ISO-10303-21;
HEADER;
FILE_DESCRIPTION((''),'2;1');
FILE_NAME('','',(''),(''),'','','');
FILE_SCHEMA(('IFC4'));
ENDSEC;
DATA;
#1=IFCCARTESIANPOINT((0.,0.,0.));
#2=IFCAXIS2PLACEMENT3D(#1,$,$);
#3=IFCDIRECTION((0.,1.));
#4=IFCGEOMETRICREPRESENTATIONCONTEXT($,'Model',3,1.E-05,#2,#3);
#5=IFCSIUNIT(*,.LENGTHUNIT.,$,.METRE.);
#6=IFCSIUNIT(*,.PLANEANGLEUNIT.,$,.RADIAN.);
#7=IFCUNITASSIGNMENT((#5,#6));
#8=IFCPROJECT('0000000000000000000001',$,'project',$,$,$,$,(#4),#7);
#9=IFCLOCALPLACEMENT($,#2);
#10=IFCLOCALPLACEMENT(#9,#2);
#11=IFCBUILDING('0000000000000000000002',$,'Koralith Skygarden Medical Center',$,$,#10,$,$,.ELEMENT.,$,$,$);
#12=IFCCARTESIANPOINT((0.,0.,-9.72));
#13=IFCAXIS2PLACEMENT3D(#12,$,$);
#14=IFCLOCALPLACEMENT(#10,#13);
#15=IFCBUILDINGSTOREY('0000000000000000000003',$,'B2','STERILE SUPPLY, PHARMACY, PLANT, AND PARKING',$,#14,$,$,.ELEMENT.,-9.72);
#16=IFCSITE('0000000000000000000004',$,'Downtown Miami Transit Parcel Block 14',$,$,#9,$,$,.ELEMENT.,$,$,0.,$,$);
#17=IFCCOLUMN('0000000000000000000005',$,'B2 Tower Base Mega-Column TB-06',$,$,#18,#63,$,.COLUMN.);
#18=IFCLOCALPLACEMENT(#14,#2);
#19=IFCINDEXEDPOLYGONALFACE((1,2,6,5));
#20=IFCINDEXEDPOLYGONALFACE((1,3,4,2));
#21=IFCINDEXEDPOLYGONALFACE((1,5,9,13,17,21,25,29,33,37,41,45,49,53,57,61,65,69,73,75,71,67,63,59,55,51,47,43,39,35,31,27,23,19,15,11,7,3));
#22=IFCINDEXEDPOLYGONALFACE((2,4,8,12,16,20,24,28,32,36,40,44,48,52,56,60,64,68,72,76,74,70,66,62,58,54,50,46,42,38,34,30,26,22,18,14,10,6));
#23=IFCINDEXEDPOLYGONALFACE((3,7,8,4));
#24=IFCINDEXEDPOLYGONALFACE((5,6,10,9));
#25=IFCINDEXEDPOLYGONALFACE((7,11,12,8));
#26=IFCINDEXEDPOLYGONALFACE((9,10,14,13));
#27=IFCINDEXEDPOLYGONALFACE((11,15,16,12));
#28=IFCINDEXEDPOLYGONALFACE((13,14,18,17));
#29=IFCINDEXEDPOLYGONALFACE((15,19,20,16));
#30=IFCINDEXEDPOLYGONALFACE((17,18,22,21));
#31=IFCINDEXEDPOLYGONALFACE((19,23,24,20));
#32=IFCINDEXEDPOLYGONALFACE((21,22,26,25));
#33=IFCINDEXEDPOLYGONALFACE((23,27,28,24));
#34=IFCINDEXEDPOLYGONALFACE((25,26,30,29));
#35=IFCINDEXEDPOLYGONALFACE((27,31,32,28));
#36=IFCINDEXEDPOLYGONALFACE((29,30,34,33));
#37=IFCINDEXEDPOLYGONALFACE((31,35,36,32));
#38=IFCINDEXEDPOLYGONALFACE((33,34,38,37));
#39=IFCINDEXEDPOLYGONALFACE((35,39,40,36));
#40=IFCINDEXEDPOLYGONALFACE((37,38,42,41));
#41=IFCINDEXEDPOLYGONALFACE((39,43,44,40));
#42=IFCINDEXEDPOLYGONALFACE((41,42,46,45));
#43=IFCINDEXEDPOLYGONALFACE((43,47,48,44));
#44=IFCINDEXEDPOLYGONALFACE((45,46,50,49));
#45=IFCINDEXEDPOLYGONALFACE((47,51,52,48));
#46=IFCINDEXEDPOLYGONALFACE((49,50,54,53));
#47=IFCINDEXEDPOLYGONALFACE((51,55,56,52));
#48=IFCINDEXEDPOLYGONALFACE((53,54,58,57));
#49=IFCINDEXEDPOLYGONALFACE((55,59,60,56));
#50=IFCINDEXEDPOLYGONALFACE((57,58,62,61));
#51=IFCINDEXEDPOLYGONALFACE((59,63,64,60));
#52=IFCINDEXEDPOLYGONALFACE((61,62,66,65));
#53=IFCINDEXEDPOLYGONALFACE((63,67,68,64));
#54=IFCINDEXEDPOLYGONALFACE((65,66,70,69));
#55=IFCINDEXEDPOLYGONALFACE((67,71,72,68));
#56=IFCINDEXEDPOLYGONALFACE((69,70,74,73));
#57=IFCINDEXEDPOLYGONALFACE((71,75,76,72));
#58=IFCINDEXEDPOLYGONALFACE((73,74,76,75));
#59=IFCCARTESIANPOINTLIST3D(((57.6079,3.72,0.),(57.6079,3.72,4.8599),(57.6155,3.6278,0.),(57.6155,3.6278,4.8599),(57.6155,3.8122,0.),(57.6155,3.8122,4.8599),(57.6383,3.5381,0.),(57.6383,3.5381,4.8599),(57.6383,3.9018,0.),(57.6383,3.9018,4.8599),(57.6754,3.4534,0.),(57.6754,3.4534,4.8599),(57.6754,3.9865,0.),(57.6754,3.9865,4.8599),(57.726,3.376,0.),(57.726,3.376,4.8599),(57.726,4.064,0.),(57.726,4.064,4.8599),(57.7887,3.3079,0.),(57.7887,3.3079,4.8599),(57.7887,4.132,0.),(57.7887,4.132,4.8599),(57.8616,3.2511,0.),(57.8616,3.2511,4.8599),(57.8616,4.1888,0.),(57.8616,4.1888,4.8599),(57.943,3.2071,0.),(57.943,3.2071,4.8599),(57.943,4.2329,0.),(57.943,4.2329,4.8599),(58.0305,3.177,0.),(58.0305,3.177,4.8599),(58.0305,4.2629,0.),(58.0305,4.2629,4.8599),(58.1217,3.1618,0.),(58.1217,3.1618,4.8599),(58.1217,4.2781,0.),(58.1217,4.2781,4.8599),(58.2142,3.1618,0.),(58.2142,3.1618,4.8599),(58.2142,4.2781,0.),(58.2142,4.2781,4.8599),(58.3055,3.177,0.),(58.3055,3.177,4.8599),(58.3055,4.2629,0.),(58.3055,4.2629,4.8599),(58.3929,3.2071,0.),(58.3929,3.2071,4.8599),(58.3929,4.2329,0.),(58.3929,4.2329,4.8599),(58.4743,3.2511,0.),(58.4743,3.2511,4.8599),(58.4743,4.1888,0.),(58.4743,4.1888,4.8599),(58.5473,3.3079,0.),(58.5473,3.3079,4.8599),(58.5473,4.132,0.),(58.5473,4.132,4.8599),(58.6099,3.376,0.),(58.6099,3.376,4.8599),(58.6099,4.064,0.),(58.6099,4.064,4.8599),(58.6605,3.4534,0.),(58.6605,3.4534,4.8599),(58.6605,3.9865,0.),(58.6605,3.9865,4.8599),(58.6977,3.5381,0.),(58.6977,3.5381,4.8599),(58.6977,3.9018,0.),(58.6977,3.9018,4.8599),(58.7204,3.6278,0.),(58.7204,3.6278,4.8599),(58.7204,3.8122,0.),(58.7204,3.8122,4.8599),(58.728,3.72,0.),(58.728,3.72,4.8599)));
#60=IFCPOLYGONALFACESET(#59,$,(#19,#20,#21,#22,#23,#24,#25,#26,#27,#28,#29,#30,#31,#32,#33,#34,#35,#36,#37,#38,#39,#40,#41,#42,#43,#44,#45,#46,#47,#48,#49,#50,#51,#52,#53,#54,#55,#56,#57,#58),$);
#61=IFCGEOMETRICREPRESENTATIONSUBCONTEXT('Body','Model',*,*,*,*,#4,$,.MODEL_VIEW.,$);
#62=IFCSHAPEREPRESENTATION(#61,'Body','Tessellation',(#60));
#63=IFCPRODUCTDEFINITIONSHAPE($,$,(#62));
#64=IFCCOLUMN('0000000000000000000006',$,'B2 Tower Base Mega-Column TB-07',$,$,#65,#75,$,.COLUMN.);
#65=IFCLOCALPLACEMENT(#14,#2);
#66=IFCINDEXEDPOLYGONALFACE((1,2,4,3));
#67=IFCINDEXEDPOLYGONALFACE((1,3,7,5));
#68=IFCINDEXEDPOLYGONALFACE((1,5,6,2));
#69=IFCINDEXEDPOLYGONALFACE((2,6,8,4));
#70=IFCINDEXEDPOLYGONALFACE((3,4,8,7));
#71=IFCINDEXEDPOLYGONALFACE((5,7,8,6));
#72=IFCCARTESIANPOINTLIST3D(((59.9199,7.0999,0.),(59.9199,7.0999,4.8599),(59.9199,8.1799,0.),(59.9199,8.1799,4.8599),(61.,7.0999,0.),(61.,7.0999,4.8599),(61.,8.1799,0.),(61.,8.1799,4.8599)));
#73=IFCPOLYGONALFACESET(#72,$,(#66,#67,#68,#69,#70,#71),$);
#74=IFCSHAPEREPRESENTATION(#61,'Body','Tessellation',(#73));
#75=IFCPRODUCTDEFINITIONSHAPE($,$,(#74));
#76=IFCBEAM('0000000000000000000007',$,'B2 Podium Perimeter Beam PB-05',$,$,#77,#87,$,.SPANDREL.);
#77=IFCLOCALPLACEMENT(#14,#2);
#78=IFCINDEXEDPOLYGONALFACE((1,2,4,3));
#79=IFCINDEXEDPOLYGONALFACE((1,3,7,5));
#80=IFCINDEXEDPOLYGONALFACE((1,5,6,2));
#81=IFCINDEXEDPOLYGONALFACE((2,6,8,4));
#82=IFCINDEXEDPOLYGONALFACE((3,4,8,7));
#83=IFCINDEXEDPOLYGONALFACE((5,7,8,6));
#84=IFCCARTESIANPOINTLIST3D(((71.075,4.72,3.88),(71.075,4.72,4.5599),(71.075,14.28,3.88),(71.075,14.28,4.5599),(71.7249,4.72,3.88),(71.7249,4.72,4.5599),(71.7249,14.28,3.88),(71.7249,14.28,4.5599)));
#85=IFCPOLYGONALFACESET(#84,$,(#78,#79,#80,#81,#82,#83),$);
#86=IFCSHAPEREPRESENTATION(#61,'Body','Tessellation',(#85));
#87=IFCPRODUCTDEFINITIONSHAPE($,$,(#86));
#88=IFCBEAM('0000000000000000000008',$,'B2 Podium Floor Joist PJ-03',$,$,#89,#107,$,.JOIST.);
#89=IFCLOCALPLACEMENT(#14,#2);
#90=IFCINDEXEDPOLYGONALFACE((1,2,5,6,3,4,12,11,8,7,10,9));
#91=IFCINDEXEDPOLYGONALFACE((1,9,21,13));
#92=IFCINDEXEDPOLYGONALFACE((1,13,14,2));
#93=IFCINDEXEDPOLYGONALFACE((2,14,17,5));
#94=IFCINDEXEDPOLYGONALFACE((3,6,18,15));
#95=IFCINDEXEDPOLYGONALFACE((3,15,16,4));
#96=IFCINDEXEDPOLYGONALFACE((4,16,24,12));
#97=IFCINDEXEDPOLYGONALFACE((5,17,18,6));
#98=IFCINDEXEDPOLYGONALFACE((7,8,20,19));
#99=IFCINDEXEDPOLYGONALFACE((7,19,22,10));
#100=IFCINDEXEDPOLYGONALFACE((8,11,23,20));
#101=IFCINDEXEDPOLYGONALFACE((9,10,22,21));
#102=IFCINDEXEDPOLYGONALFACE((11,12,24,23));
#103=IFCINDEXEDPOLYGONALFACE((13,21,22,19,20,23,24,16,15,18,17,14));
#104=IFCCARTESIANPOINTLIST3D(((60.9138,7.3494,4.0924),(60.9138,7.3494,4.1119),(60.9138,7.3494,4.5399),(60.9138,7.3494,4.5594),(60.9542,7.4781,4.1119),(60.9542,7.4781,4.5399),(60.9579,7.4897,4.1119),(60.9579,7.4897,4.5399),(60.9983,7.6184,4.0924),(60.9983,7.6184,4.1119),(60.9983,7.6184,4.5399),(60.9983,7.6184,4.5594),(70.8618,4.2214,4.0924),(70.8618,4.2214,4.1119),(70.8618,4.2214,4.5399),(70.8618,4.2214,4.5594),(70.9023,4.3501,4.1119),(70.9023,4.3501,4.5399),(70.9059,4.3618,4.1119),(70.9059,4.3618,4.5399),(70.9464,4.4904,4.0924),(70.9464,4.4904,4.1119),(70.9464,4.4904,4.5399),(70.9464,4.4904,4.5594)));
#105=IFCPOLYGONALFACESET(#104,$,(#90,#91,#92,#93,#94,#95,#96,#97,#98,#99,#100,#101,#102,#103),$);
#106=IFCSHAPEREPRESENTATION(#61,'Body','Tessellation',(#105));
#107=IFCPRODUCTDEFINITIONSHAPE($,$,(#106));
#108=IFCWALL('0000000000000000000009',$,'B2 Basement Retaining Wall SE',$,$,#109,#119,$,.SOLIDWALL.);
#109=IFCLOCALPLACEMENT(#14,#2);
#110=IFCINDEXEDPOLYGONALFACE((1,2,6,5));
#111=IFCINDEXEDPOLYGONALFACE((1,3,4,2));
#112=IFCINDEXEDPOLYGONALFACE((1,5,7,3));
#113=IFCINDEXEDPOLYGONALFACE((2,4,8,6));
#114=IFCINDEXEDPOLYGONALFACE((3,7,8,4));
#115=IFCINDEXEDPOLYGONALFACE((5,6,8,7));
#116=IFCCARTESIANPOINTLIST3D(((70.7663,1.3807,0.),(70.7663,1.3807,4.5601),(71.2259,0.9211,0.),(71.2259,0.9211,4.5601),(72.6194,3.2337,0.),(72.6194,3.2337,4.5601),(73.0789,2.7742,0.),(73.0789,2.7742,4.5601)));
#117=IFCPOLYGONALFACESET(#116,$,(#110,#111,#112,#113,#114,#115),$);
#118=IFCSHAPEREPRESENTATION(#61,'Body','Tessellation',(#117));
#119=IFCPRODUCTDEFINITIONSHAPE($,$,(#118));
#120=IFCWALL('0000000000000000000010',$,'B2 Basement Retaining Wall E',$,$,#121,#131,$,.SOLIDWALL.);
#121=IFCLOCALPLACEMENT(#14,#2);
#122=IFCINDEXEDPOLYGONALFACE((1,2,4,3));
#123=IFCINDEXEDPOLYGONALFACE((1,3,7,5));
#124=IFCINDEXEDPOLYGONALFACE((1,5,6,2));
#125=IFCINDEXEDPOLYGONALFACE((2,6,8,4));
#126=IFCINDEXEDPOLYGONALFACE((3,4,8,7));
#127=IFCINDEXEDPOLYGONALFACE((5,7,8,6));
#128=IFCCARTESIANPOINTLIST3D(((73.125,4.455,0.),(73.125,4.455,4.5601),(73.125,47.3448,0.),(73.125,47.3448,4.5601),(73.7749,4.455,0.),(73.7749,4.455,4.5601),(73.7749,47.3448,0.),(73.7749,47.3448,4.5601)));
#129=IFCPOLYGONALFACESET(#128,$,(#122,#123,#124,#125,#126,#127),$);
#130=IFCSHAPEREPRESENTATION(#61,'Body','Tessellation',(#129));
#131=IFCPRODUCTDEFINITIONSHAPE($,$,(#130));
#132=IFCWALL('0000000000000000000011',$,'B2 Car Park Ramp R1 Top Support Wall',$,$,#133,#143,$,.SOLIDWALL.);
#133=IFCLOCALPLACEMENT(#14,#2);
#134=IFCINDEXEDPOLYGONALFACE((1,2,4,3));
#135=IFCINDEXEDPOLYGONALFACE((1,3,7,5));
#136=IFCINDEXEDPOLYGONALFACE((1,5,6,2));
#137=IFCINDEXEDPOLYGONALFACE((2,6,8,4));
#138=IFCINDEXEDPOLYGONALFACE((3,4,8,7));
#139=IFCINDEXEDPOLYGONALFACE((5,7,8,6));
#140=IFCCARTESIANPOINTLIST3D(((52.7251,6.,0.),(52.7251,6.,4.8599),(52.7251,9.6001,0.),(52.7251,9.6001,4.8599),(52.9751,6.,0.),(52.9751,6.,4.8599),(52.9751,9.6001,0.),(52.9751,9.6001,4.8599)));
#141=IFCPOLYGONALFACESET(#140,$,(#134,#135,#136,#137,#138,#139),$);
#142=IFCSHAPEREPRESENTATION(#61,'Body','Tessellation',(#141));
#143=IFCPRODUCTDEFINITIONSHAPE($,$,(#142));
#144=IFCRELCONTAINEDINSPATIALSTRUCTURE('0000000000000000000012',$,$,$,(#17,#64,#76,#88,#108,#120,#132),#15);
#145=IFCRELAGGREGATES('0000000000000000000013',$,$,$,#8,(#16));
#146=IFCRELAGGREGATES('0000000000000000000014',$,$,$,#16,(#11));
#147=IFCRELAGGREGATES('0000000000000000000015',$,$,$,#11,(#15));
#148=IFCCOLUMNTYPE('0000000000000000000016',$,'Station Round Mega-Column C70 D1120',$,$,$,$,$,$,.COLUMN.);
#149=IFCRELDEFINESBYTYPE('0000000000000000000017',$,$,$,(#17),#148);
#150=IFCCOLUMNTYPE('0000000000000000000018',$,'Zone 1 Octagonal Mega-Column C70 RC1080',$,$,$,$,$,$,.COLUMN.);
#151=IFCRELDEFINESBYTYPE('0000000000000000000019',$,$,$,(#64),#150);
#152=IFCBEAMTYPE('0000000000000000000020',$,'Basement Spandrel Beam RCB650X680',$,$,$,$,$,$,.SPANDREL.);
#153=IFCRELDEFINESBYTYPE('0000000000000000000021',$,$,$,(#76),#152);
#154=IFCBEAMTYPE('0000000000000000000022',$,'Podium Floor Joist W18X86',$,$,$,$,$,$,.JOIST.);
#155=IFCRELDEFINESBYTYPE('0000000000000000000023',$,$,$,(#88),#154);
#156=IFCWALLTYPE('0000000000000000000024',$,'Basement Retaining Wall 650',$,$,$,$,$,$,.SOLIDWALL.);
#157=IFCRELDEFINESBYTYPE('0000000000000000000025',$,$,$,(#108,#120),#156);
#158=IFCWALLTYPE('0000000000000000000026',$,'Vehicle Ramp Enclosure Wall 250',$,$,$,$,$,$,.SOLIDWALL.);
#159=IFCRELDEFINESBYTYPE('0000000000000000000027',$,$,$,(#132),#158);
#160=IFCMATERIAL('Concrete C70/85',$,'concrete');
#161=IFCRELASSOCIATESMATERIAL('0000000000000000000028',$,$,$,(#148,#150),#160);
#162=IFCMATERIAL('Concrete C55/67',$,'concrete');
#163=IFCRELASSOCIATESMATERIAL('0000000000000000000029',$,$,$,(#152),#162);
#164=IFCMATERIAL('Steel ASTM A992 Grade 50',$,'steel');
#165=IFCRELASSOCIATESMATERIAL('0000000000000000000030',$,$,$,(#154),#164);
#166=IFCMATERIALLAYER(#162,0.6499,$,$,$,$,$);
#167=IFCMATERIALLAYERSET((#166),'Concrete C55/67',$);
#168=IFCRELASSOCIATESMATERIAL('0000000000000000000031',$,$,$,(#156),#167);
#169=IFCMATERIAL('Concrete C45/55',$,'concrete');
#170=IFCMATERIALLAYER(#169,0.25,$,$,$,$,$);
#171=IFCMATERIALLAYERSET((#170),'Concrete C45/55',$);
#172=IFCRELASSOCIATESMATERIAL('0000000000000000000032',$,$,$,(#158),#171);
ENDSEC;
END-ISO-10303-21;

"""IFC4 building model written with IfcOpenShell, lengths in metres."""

from ifc_helpers import new_model, si_unit, direction, frame, frame_2d, origin, origin_2d, place, context, subcontext, project, spatial, rectangle, circle, i_section, extrude, material, layer, layer_set, material_profile, profile_set, type_object, element, save


model = new_model("IFC4")

# Units and contexts
model_context = context("Model", 3, precision=1e-05, world=origin(), true_north=direction((0.0, 1.0)))
body_context = subcontext(model_context, "Body", "Model", "MODEL_VIEW")
ifc_project = project(units=[si_unit("LENGTHUNIT", "METRE"), si_unit("PLANEANGLEUNIT", "RADIAN")], contexts=[model_context])

# Site, building, storey
site_placement = place(None, origin())
site = spatial("IfcSite", under=ifc_project, at=site_placement, Name="Downtown Miami Transit Parcel Block 14", CompositionType="ELEMENT", RefElevation=0.0)
building_placement = place(site_placement, origin())
building = spatial("IfcBuilding", under=site, at=building_placement, Name="Koralith Skygarden Medical Center", CompositionType="ELEMENT")
storey_placement = place(building_placement, frame((0.0, 0.0, -9.72)))
storey = spatial("IfcBuildingStorey", under=building, at=storey_placement, Name="B2", Description="STERILE SUPPLY, PHARMACY, PLANT, AND PARKING", CompositionType="ELEMENT", Elevation=-9.72)

# Shared definitions
ifc_material_1 = material(Name="Concrete C55/67", Category="concrete")

# Shared definitions
ifc_material_2 = material(Name="Concrete C45/55", Category="concrete")

# Columns
ifc_material_3 = material(Name="Concrete C70/85", Category="concrete")
ifc_material_profile_1 = material_profile(ifc_material_3, circle(Radius=0.5601, at=origin_2d()), Name="RCCOL1120")
ifc_profile_set_1 = profile_set([ifc_material_profile_1], Name="Concrete C70/85")
column_type_1 = type_object("IfcColumnType", Name="Station Round Mega-Column C70 D1120", PredefinedType="COLUMN", material=ifc_profile_set_1)
column_1_placement = place(storey_placement, frame((58.168, 3.72, 0.0), z_axis=(0.0, 0.0, 1.0), x_axis=(1.0, 0.0, 0.0)))
element("IfcColumn", 1, at=column_1_placement, inside=storey, type_object=column_type_1, Name="B2 Tower Base Mega-Column TB-06", PredefinedType="COLUMN", context=body_context, shape_type="SweptSolid", body=[
    extrude(circle(Radius=0.5601, at=origin_2d()), origin(), (0.0, 0.0, 1.0), 4.8599),
])
ifc_material_profile_2 = material_profile(ifc_material_3, rectangle(XDim=1.0801, YDim=1.0801, at=origin_2d()), Name="RC1080X1080")
ifc_profile_set_2 = profile_set([ifc_material_profile_2], Name="Concrete C70/85")
column_type_2 = type_object("IfcColumnType", Name="Zone 1 Octagonal Mega-Column C70 RC1080", PredefinedType="COLUMN", material=ifc_profile_set_2)
column_2_placement = place(storey_placement, frame((60.46, 7.6399, 0.0), z_axis=(0.0, 0.0, 1.0), x_axis=(1.0, 0.0, 0.0)))
element("IfcColumn", 2, at=column_2_placement, inside=storey, type_object=column_type_2, Name="B2 Tower Base Mega-Column TB-07", PredefinedType="COLUMN", context=body_context, shape_type="SweptSolid", body=[
    extrude(rectangle(XDim=1.0801, YDim=1.0801, at=origin_2d()), origin(), (0.0, 0.0, 1.0), 4.8599),
])

# Beams
ifc_material_profile_3 = material_profile(ifc_material_1, rectangle(XDim=0.6499, YDim=0.6799, at=origin_2d()), Name="RCB650X680")
ifc_profile_set_3 = profile_set([ifc_material_profile_3], Name="Concrete C55/67")
beam_type_1 = type_object("IfcBeamType", Name="Basement Spandrel Beam RCB650X680", PredefinedType="SPANDREL", material=ifc_profile_set_3)
beam_1_placement = place(storey_placement, frame((71.3999, 4.72, 4.22), z_axis=(0.0, 1.0, 0.0), x_axis=(-1.0, 0.0, 0.0)))
element("IfcBeam", 3, at=beam_1_placement, inside=storey, type_object=beam_type_1, Name="B2 Podium Perimeter Beam PB-05", PredefinedType="SPANDREL", context=body_context, shape_type="SweptSolid", body=[
    extrude(rectangle(XDim=0.6499, YDim=0.6799, at=origin_2d()), origin(), (0.0, 0.0, 1.0), 9.5601),
])
ifc_material_4 = material(Name="Steel ASTM A992 Grade 50", Category="steel")
ifc_material_profile_4 = material_profile(ifc_material_4, i_section(OverallWidth=0.282, OverallDepth=0.467, WebThickness=0.0122, FlangeThickness=0.0195, at=origin_2d()), Name="W18X86")
ifc_profile_set_4 = profile_set([ifc_material_profile_4], Name="Steel ASTM A992 Grade 50")
beam_type_2 = type_object("IfcBeamType", Name="Podium Floor Joist W18X86", PredefinedType="JOIST", material=ifc_profile_set_4)
beam_2_placement = place(storey_placement, frame((60.9561, 7.4839, 4.3259), z_axis=(0.953955, -0.29995, 0.0), x_axis=(0.29995, 0.953955, 0.0)))
element("IfcBeam", 4, at=beam_2_placement, inside=storey, type_object=beam_type_2, Name="B2 Podium Floor Joist PJ-03", PredefinedType="JOIST", context=body_context, shape_type="SweptSolid", body=[
    extrude(i_section(OverallWidth=0.282, OverallDepth=0.467, WebThickness=0.0122, FlangeThickness=0.0195, at=origin_2d()), origin(), (0.0, 0.0, 1.0), 10.4282),
])

# Walls
ifc_layer_1 = layer(ifc_material_1, 0.6499)
ifc_layer_set_1 = layer_set([ifc_layer_1], Name="Concrete C55/67")
wall_type_1 = type_object("IfcWallType", Name="Basement Retaining Wall 650", PredefinedType="SOLIDWALL", material=ifc_layer_set_1)
wall_1_placement = place(storey_placement, frame((70.9961, 1.1509, 0.0), z_axis=(0.0, 0.0, 1.0), x_axis=(0.707107, 0.707107, 0.0)))
element("IfcWall", 5, at=wall_1_placement, inside=storey, type_object=wall_type_1, Name="B2 Basement Retaining Wall SE", PredefinedType="SOLIDWALL", context=body_context, shape_type="SweptSolid", body=[
    extrude(rectangle(XDim=2.6206, YDim=0.6499, at=frame_2d((1.3103, 0.0))), origin(), (0.0, 0.0, 1.0), 4.5601),
])
wall_2_placement = place(storey_placement, frame((73.45, 4.4551, 0.0), z_axis=(0.0, 0.0, 1.0), x_axis=(0.0, 1.0, 0.0)))
element("IfcWall", 6, at=wall_2_placement, inside=storey, type_object=wall_type_1, Name="B2 Basement Retaining Wall E", PredefinedType="SOLIDWALL", context=body_context, shape_type="SweptSolid", body=[
    extrude(rectangle(XDim=42.8899, YDim=0.6499, at=frame_2d((21.4448, 0.0))), origin(), (0.0, 0.0, 1.0), 4.5601),
])
ifc_layer_2 = layer(ifc_material_2, 0.25)
ifc_layer_set_2 = layer_set([ifc_layer_2], Name="Concrete C45/55")
wall_type_2 = type_object("IfcWallType", Name="Vehicle Ramp Enclosure Wall 250", PredefinedType="SOLIDWALL", material=ifc_layer_set_2)
wall_3_placement = place(storey_placement, frame((52.8501, 6.0, 0.0), z_axis=(0.0, 0.0, 1.0), x_axis=(0.0, 1.0, 0.0)))
element("IfcWall", 7, at=wall_3_placement, inside=storey, type_object=wall_type_2, Name="B2 Car Park Ramp R1 Top Support Wall", PredefinedType="SOLIDWALL", context=body_context, shape_type="SweptSolid", body=[
    extrude(rectangle(XDim=3.6001, YDim=0.25, at=frame_2d((1.8, 0.0))), origin(), (0.0, 0.0, 1.0), 4.8599),
])

save(model, "model.ifc")
